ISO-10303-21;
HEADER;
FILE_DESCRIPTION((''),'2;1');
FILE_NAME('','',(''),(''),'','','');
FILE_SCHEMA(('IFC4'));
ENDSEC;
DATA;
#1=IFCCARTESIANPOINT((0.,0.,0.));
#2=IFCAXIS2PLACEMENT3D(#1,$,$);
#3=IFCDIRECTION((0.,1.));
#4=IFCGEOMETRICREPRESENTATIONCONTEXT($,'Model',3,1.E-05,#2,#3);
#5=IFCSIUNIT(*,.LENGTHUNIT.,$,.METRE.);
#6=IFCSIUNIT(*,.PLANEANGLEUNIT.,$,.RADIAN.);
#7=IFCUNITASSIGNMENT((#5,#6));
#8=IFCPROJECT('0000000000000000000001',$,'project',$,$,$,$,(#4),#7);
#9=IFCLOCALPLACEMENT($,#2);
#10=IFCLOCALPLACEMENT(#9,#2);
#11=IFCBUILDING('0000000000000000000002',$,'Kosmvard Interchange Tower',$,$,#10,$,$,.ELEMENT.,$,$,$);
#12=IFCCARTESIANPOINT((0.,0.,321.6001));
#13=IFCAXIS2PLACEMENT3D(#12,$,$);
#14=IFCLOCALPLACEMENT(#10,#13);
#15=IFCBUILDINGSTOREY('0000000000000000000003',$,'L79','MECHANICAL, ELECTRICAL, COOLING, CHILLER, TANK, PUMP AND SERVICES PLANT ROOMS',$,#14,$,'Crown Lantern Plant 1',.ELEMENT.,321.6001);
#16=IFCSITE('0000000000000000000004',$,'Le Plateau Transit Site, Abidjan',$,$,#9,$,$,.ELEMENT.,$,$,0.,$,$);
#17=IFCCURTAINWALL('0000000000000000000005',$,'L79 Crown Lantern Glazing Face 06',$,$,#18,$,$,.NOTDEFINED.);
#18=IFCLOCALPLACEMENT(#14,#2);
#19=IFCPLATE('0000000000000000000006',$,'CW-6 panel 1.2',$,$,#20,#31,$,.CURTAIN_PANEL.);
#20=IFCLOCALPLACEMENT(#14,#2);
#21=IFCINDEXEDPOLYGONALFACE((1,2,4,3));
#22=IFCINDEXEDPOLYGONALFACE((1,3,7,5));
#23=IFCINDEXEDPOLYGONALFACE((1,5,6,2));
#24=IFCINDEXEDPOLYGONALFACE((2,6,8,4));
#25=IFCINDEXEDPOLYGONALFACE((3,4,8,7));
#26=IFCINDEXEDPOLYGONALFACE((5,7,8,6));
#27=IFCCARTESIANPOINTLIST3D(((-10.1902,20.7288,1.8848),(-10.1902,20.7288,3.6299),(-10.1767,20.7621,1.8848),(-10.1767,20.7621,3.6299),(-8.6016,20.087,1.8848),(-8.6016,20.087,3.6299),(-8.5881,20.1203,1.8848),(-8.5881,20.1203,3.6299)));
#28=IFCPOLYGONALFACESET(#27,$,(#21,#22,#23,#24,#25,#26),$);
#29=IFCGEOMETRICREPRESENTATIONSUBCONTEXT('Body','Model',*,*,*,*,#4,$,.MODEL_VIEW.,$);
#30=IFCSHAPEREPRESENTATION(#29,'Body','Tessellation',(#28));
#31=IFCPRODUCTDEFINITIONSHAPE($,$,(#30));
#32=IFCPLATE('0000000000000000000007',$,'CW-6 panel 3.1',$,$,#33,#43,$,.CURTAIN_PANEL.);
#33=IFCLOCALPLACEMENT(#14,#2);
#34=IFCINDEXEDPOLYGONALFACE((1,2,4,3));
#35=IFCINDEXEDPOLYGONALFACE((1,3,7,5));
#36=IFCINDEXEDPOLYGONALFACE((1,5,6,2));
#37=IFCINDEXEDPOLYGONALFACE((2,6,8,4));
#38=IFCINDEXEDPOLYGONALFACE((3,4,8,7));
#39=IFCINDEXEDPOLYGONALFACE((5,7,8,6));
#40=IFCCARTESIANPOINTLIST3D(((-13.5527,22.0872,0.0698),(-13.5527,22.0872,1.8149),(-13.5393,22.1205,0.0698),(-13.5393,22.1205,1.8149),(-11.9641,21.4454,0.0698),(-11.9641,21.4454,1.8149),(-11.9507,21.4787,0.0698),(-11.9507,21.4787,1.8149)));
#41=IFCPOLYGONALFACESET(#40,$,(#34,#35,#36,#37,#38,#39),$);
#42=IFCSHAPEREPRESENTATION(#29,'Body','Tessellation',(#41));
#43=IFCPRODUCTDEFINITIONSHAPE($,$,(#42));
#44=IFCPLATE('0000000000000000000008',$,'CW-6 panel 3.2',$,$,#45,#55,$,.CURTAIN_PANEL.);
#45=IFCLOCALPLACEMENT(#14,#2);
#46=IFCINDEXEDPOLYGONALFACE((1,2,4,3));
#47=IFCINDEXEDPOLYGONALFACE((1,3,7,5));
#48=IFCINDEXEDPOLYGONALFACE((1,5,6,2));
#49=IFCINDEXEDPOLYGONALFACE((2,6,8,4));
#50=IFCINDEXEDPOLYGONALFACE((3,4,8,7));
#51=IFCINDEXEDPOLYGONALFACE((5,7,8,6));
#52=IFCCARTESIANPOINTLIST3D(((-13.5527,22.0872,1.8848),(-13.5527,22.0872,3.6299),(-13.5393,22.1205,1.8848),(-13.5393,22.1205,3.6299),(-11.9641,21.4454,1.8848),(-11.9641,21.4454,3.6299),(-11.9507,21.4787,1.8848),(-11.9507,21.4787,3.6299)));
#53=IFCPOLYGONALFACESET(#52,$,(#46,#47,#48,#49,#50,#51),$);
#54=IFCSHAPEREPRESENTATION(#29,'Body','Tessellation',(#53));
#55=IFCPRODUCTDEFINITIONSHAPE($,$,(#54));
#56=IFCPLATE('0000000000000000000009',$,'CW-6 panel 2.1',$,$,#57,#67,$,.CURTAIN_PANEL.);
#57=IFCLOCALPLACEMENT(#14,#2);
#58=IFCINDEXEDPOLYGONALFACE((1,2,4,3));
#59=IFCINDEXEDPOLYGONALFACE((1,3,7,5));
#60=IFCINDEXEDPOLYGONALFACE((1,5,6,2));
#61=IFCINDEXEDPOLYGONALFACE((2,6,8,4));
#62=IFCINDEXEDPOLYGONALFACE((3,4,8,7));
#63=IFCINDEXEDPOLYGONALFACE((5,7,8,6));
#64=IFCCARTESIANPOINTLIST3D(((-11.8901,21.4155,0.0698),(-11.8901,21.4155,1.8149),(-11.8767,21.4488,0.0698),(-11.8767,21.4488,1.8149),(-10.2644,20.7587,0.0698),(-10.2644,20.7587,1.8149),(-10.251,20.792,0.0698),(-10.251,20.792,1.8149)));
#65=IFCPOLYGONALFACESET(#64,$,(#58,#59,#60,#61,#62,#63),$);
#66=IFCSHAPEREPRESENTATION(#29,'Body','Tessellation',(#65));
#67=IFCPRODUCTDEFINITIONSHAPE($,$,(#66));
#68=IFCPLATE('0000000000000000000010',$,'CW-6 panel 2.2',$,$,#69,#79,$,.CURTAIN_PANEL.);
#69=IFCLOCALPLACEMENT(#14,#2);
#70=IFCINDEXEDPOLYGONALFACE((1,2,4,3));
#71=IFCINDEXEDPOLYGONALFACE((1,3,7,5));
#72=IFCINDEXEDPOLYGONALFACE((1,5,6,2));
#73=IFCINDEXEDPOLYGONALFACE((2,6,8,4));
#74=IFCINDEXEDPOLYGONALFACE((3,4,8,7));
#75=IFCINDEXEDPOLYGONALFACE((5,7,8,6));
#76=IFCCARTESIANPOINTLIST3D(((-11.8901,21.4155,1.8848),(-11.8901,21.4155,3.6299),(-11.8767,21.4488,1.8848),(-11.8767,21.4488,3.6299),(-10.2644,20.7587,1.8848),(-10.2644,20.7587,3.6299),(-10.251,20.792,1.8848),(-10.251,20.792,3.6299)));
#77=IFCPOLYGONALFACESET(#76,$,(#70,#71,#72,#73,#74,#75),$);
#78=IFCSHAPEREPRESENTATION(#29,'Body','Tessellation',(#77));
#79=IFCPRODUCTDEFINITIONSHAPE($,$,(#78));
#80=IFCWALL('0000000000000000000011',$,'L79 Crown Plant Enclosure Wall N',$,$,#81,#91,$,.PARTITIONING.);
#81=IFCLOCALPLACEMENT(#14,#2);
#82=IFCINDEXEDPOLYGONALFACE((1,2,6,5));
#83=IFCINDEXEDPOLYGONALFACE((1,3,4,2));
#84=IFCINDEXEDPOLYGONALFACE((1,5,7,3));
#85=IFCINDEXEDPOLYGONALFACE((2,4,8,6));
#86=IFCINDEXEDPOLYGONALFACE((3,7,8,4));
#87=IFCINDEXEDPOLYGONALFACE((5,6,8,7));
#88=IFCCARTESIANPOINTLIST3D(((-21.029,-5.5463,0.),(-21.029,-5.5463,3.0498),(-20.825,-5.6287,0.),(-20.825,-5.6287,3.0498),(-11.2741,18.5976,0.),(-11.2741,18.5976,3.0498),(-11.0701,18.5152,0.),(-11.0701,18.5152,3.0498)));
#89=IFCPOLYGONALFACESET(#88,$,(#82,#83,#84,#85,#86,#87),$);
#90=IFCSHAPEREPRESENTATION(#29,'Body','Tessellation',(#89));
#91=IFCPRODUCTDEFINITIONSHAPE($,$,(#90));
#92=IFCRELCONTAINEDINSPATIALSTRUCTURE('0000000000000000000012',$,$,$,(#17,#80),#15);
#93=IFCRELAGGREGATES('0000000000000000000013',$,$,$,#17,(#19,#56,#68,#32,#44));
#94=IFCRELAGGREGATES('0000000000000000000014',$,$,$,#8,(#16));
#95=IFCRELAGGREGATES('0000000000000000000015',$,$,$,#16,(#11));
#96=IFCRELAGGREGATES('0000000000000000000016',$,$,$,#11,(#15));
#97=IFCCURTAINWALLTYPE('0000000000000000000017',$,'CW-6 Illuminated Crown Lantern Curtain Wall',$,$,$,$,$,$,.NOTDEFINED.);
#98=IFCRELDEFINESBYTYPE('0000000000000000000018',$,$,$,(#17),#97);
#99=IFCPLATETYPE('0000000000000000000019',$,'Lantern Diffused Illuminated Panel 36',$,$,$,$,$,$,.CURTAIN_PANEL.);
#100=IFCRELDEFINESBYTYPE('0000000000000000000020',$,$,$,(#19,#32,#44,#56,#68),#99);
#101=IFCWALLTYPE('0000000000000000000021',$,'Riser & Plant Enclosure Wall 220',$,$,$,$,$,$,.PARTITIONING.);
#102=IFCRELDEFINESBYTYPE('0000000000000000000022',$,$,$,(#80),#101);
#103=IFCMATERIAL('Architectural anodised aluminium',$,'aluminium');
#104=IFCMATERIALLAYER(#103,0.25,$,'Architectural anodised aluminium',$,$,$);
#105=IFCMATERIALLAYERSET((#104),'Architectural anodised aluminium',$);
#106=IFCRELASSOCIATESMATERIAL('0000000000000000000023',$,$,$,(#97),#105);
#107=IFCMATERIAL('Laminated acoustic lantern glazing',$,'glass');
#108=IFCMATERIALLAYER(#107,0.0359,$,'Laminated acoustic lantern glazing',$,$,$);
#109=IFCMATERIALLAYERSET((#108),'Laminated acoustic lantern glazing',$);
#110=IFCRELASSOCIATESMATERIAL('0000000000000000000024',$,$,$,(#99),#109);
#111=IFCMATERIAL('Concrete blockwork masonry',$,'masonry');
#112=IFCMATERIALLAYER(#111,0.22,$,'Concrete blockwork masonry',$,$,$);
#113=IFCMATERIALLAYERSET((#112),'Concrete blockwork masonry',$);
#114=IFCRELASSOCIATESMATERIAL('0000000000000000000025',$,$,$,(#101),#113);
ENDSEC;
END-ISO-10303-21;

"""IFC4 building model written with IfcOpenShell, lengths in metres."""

from ifc_helpers import new_model, si_unit, direction, frame, frame_2d, origin, origin_2d, place, context, subcontext, project, spatial, rectangle, extrude, source, transform, mapped, material, layer, layer_set, type_object, element, aggregate, save


model = new_model("IFC4")

# Units and contexts
model_context = context("Model", 3, precision=1e-05, world=origin(), true_north=direction((0.0, 1.0)))
body_context = subcontext(model_context, "Body", "Model", "MODEL_VIEW")
ifc_project = project(units=[si_unit("LENGTHUNIT", "METRE"), si_unit("PLANEANGLEUNIT", "RADIAN")], contexts=[model_context])

# Site, building, storey
site_placement = place(None, origin())
site = spatial("IfcSite", under=ifc_project, at=site_placement, Name="Le Plateau Transit Site, Abidjan", CompositionType="ELEMENT", RefElevation=0.0)
building_placement = place(site_placement, origin())
building = spatial("IfcBuilding", under=site, at=building_placement, Name="Kosmvard Interchange Tower", CompositionType="ELEMENT")
storey_placement = place(building_placement, frame((0.0, 0.0, 321.6001)))
storey = spatial("IfcBuildingStorey", under=building, at=storey_placement, Name="L79", Description="MECHANICAL, ELECTRICAL, COOLING, CHILLER, TANK, PUMP AND SERVICES PLANT ROOMS", LongName="Crown Lantern Plant 1", CompositionType="ELEMENT", Elevation=321.6001)

# Curtain wall
ifc_material_1 = material(Name="Architectural anodised aluminium", Category="aluminium")
ifc_layer_1 = layer(ifc_material_1, 0.25, Name="Architectural anodised aluminium")
ifc_layer_set_1 = layer_set([ifc_layer_1], Name="Architectural anodised aluminium")
curtain_wall_type = type_object("IfcCurtainWallType", Name="CW-6 Illuminated Crown Lantern Curtain Wall", PredefinedType="NOTDEFINED", material=ifc_layer_set_1)
curtain_wall_placement = place(storey_placement, origin())
curtain_wall = element("IfcCurtainWall", 1, at=curtain_wall_placement, inside=storey, type_object=curtain_wall_type, Name="L79 Crown Lantern Glazing Face 06", PredefinedType="NOTDEFINED")

# Plates
ifc_material_2 = material(Name="Laminated acoustic lantern glazing", Category="glass")
ifc_layer_2 = layer(ifc_material_2, 0.0359, Name="Laminated acoustic lantern glazing")
ifc_layer_set_2 = layer_set([ifc_layer_2], Name="Laminated acoustic lantern glazing")
plate_type_1 = type_object("IfcPlateType", Name="Lantern Diffused Illuminated Panel 36", PredefinedType="CURTAIN_PANEL", material=ifc_layer_set_2)
shared_shape_1 = source(origin(), body_context, "Body", "SweptSolid", [
    extrude(rectangle(XDim=1.7134, YDim=0.0359, at=origin_2d()), origin(), (0.0, 0.0, 1.0), 1.7451),
])
plate_1_placement = place(storey_placement, frame((-9.3892, 20.4246, 1.8848), z_axis=(0.0, 0.0, 1.0), x_axis=(-0.927184, 0.374607, 0.0)))
plate_1 = element("IfcPlate", 2, at=plate_1_placement, type_object=plate_type_1, Name="CW-6 panel 1.2", PredefinedType="CURTAIN_PANEL", context=body_context, shape_type="MappedRepresentation", body=[
    mapped(shared_shape_1, transform((0.0, 0.0, 0.0), scale=1.0)),
])
plate_2_placement = place(storey_placement, frame((-12.7517, 21.783, 0.0698), z_axis=(0.0, 0.0, 1.0), x_axis=(-0.927184, 0.374607, 0.0)))
plate_2 = element("IfcPlate", 3, at=plate_2_placement, type_object=plate_type_1, Name="CW-6 panel 3.1", PredefinedType="CURTAIN_PANEL", context=body_context, shape_type="MappedRepresentation", body=[
    mapped(shared_shape_1, transform((0.0, 0.0, 0.0), scale=1.0)),
])
plate_3_placement = place(storey_placement, frame((-12.7517, 21.783, 1.8848), z_axis=(0.0, 0.0, 1.0), x_axis=(-0.927184, 0.374607, 0.0)))
plate_3 = element("IfcPlate", 4, at=plate_3_placement, type_object=plate_type_1, Name="CW-6 panel 3.2", PredefinedType="CURTAIN_PANEL", context=body_context, shape_type="MappedRepresentation", body=[
    mapped(shared_shape_1, transform((0.0, 0.0, 0.0), scale=1.0)),
])
shared_shape_2 = source(origin(), body_context, "Body", "SweptSolid", [
    extrude(rectangle(XDim=1.7534, YDim=0.0359, at=origin_2d()), origin(), (0.0, 0.0, 1.0), 1.7451),
])
plate_4_placement = place(storey_placement, frame((-11.0706, 21.1038, 0.0698), z_axis=(0.0, 0.0, 1.0), x_axis=(-0.927184, 0.374607, 0.0)))
plate_4 = element("IfcPlate", 5, at=plate_4_placement, type_object=plate_type_1, Name="CW-6 panel 2.1", PredefinedType="CURTAIN_PANEL", context=body_context, shape_type="MappedRepresentation", body=[
    mapped(shared_shape_2, transform((0.0, 0.0, 0.0), scale=1.0)),
])
plate_5_placement = place(storey_placement, frame((-11.0706, 21.1038, 1.8848), z_axis=(0.0, 0.0, 1.0), x_axis=(-0.927184, 0.374607, 0.0)))
plate_5 = element("IfcPlate", 6, at=plate_5_placement, type_object=plate_type_1, Name="CW-6 panel 2.2", PredefinedType="CURTAIN_PANEL", context=body_context, shape_type="MappedRepresentation", body=[
    mapped(shared_shape_2, transform((0.0, 0.0, 0.0), scale=1.0)),
])
aggregate(curtain_wall, [plate_1, plate_4, plate_5, plate_2, plate_3])

# Wall
ifc_material_3 = material(Name="Concrete blockwork masonry", Category="masonry")
ifc_layer_3 = layer(ifc_material_3, 0.22, Name="Concrete blockwork masonry")
ifc_layer_set_3 = layer_set([ifc_layer_3], Name="Concrete blockwork masonry")
wall_type = type_object("IfcWallType", Name="Riser & Plant Enclosure Wall 220", PredefinedType="PARTITIONING", material=ifc_layer_set_3)
wall_placement = place(storey_placement, frame((-11.1721, 18.5564, 0.0), z_axis=(0.0, 0.0, 1.0), x_axis=(-0.374612, -0.927182, 0.0)))
element("IfcWall", 7, at=wall_placement, inside=storey, type_object=wall_type, Name="L79 Crown Plant Enclosure Wall N", PredefinedType="PARTITIONING", context=body_context, shape_type="SweptSolid", body=[
    extrude(rectangle(XDim=26.04, YDim=0.22, at=frame_2d((13.02, 0.0))), origin(), (0.0, 0.0, 1.0), 3.0498),
])

save(model, "model.ifc")
